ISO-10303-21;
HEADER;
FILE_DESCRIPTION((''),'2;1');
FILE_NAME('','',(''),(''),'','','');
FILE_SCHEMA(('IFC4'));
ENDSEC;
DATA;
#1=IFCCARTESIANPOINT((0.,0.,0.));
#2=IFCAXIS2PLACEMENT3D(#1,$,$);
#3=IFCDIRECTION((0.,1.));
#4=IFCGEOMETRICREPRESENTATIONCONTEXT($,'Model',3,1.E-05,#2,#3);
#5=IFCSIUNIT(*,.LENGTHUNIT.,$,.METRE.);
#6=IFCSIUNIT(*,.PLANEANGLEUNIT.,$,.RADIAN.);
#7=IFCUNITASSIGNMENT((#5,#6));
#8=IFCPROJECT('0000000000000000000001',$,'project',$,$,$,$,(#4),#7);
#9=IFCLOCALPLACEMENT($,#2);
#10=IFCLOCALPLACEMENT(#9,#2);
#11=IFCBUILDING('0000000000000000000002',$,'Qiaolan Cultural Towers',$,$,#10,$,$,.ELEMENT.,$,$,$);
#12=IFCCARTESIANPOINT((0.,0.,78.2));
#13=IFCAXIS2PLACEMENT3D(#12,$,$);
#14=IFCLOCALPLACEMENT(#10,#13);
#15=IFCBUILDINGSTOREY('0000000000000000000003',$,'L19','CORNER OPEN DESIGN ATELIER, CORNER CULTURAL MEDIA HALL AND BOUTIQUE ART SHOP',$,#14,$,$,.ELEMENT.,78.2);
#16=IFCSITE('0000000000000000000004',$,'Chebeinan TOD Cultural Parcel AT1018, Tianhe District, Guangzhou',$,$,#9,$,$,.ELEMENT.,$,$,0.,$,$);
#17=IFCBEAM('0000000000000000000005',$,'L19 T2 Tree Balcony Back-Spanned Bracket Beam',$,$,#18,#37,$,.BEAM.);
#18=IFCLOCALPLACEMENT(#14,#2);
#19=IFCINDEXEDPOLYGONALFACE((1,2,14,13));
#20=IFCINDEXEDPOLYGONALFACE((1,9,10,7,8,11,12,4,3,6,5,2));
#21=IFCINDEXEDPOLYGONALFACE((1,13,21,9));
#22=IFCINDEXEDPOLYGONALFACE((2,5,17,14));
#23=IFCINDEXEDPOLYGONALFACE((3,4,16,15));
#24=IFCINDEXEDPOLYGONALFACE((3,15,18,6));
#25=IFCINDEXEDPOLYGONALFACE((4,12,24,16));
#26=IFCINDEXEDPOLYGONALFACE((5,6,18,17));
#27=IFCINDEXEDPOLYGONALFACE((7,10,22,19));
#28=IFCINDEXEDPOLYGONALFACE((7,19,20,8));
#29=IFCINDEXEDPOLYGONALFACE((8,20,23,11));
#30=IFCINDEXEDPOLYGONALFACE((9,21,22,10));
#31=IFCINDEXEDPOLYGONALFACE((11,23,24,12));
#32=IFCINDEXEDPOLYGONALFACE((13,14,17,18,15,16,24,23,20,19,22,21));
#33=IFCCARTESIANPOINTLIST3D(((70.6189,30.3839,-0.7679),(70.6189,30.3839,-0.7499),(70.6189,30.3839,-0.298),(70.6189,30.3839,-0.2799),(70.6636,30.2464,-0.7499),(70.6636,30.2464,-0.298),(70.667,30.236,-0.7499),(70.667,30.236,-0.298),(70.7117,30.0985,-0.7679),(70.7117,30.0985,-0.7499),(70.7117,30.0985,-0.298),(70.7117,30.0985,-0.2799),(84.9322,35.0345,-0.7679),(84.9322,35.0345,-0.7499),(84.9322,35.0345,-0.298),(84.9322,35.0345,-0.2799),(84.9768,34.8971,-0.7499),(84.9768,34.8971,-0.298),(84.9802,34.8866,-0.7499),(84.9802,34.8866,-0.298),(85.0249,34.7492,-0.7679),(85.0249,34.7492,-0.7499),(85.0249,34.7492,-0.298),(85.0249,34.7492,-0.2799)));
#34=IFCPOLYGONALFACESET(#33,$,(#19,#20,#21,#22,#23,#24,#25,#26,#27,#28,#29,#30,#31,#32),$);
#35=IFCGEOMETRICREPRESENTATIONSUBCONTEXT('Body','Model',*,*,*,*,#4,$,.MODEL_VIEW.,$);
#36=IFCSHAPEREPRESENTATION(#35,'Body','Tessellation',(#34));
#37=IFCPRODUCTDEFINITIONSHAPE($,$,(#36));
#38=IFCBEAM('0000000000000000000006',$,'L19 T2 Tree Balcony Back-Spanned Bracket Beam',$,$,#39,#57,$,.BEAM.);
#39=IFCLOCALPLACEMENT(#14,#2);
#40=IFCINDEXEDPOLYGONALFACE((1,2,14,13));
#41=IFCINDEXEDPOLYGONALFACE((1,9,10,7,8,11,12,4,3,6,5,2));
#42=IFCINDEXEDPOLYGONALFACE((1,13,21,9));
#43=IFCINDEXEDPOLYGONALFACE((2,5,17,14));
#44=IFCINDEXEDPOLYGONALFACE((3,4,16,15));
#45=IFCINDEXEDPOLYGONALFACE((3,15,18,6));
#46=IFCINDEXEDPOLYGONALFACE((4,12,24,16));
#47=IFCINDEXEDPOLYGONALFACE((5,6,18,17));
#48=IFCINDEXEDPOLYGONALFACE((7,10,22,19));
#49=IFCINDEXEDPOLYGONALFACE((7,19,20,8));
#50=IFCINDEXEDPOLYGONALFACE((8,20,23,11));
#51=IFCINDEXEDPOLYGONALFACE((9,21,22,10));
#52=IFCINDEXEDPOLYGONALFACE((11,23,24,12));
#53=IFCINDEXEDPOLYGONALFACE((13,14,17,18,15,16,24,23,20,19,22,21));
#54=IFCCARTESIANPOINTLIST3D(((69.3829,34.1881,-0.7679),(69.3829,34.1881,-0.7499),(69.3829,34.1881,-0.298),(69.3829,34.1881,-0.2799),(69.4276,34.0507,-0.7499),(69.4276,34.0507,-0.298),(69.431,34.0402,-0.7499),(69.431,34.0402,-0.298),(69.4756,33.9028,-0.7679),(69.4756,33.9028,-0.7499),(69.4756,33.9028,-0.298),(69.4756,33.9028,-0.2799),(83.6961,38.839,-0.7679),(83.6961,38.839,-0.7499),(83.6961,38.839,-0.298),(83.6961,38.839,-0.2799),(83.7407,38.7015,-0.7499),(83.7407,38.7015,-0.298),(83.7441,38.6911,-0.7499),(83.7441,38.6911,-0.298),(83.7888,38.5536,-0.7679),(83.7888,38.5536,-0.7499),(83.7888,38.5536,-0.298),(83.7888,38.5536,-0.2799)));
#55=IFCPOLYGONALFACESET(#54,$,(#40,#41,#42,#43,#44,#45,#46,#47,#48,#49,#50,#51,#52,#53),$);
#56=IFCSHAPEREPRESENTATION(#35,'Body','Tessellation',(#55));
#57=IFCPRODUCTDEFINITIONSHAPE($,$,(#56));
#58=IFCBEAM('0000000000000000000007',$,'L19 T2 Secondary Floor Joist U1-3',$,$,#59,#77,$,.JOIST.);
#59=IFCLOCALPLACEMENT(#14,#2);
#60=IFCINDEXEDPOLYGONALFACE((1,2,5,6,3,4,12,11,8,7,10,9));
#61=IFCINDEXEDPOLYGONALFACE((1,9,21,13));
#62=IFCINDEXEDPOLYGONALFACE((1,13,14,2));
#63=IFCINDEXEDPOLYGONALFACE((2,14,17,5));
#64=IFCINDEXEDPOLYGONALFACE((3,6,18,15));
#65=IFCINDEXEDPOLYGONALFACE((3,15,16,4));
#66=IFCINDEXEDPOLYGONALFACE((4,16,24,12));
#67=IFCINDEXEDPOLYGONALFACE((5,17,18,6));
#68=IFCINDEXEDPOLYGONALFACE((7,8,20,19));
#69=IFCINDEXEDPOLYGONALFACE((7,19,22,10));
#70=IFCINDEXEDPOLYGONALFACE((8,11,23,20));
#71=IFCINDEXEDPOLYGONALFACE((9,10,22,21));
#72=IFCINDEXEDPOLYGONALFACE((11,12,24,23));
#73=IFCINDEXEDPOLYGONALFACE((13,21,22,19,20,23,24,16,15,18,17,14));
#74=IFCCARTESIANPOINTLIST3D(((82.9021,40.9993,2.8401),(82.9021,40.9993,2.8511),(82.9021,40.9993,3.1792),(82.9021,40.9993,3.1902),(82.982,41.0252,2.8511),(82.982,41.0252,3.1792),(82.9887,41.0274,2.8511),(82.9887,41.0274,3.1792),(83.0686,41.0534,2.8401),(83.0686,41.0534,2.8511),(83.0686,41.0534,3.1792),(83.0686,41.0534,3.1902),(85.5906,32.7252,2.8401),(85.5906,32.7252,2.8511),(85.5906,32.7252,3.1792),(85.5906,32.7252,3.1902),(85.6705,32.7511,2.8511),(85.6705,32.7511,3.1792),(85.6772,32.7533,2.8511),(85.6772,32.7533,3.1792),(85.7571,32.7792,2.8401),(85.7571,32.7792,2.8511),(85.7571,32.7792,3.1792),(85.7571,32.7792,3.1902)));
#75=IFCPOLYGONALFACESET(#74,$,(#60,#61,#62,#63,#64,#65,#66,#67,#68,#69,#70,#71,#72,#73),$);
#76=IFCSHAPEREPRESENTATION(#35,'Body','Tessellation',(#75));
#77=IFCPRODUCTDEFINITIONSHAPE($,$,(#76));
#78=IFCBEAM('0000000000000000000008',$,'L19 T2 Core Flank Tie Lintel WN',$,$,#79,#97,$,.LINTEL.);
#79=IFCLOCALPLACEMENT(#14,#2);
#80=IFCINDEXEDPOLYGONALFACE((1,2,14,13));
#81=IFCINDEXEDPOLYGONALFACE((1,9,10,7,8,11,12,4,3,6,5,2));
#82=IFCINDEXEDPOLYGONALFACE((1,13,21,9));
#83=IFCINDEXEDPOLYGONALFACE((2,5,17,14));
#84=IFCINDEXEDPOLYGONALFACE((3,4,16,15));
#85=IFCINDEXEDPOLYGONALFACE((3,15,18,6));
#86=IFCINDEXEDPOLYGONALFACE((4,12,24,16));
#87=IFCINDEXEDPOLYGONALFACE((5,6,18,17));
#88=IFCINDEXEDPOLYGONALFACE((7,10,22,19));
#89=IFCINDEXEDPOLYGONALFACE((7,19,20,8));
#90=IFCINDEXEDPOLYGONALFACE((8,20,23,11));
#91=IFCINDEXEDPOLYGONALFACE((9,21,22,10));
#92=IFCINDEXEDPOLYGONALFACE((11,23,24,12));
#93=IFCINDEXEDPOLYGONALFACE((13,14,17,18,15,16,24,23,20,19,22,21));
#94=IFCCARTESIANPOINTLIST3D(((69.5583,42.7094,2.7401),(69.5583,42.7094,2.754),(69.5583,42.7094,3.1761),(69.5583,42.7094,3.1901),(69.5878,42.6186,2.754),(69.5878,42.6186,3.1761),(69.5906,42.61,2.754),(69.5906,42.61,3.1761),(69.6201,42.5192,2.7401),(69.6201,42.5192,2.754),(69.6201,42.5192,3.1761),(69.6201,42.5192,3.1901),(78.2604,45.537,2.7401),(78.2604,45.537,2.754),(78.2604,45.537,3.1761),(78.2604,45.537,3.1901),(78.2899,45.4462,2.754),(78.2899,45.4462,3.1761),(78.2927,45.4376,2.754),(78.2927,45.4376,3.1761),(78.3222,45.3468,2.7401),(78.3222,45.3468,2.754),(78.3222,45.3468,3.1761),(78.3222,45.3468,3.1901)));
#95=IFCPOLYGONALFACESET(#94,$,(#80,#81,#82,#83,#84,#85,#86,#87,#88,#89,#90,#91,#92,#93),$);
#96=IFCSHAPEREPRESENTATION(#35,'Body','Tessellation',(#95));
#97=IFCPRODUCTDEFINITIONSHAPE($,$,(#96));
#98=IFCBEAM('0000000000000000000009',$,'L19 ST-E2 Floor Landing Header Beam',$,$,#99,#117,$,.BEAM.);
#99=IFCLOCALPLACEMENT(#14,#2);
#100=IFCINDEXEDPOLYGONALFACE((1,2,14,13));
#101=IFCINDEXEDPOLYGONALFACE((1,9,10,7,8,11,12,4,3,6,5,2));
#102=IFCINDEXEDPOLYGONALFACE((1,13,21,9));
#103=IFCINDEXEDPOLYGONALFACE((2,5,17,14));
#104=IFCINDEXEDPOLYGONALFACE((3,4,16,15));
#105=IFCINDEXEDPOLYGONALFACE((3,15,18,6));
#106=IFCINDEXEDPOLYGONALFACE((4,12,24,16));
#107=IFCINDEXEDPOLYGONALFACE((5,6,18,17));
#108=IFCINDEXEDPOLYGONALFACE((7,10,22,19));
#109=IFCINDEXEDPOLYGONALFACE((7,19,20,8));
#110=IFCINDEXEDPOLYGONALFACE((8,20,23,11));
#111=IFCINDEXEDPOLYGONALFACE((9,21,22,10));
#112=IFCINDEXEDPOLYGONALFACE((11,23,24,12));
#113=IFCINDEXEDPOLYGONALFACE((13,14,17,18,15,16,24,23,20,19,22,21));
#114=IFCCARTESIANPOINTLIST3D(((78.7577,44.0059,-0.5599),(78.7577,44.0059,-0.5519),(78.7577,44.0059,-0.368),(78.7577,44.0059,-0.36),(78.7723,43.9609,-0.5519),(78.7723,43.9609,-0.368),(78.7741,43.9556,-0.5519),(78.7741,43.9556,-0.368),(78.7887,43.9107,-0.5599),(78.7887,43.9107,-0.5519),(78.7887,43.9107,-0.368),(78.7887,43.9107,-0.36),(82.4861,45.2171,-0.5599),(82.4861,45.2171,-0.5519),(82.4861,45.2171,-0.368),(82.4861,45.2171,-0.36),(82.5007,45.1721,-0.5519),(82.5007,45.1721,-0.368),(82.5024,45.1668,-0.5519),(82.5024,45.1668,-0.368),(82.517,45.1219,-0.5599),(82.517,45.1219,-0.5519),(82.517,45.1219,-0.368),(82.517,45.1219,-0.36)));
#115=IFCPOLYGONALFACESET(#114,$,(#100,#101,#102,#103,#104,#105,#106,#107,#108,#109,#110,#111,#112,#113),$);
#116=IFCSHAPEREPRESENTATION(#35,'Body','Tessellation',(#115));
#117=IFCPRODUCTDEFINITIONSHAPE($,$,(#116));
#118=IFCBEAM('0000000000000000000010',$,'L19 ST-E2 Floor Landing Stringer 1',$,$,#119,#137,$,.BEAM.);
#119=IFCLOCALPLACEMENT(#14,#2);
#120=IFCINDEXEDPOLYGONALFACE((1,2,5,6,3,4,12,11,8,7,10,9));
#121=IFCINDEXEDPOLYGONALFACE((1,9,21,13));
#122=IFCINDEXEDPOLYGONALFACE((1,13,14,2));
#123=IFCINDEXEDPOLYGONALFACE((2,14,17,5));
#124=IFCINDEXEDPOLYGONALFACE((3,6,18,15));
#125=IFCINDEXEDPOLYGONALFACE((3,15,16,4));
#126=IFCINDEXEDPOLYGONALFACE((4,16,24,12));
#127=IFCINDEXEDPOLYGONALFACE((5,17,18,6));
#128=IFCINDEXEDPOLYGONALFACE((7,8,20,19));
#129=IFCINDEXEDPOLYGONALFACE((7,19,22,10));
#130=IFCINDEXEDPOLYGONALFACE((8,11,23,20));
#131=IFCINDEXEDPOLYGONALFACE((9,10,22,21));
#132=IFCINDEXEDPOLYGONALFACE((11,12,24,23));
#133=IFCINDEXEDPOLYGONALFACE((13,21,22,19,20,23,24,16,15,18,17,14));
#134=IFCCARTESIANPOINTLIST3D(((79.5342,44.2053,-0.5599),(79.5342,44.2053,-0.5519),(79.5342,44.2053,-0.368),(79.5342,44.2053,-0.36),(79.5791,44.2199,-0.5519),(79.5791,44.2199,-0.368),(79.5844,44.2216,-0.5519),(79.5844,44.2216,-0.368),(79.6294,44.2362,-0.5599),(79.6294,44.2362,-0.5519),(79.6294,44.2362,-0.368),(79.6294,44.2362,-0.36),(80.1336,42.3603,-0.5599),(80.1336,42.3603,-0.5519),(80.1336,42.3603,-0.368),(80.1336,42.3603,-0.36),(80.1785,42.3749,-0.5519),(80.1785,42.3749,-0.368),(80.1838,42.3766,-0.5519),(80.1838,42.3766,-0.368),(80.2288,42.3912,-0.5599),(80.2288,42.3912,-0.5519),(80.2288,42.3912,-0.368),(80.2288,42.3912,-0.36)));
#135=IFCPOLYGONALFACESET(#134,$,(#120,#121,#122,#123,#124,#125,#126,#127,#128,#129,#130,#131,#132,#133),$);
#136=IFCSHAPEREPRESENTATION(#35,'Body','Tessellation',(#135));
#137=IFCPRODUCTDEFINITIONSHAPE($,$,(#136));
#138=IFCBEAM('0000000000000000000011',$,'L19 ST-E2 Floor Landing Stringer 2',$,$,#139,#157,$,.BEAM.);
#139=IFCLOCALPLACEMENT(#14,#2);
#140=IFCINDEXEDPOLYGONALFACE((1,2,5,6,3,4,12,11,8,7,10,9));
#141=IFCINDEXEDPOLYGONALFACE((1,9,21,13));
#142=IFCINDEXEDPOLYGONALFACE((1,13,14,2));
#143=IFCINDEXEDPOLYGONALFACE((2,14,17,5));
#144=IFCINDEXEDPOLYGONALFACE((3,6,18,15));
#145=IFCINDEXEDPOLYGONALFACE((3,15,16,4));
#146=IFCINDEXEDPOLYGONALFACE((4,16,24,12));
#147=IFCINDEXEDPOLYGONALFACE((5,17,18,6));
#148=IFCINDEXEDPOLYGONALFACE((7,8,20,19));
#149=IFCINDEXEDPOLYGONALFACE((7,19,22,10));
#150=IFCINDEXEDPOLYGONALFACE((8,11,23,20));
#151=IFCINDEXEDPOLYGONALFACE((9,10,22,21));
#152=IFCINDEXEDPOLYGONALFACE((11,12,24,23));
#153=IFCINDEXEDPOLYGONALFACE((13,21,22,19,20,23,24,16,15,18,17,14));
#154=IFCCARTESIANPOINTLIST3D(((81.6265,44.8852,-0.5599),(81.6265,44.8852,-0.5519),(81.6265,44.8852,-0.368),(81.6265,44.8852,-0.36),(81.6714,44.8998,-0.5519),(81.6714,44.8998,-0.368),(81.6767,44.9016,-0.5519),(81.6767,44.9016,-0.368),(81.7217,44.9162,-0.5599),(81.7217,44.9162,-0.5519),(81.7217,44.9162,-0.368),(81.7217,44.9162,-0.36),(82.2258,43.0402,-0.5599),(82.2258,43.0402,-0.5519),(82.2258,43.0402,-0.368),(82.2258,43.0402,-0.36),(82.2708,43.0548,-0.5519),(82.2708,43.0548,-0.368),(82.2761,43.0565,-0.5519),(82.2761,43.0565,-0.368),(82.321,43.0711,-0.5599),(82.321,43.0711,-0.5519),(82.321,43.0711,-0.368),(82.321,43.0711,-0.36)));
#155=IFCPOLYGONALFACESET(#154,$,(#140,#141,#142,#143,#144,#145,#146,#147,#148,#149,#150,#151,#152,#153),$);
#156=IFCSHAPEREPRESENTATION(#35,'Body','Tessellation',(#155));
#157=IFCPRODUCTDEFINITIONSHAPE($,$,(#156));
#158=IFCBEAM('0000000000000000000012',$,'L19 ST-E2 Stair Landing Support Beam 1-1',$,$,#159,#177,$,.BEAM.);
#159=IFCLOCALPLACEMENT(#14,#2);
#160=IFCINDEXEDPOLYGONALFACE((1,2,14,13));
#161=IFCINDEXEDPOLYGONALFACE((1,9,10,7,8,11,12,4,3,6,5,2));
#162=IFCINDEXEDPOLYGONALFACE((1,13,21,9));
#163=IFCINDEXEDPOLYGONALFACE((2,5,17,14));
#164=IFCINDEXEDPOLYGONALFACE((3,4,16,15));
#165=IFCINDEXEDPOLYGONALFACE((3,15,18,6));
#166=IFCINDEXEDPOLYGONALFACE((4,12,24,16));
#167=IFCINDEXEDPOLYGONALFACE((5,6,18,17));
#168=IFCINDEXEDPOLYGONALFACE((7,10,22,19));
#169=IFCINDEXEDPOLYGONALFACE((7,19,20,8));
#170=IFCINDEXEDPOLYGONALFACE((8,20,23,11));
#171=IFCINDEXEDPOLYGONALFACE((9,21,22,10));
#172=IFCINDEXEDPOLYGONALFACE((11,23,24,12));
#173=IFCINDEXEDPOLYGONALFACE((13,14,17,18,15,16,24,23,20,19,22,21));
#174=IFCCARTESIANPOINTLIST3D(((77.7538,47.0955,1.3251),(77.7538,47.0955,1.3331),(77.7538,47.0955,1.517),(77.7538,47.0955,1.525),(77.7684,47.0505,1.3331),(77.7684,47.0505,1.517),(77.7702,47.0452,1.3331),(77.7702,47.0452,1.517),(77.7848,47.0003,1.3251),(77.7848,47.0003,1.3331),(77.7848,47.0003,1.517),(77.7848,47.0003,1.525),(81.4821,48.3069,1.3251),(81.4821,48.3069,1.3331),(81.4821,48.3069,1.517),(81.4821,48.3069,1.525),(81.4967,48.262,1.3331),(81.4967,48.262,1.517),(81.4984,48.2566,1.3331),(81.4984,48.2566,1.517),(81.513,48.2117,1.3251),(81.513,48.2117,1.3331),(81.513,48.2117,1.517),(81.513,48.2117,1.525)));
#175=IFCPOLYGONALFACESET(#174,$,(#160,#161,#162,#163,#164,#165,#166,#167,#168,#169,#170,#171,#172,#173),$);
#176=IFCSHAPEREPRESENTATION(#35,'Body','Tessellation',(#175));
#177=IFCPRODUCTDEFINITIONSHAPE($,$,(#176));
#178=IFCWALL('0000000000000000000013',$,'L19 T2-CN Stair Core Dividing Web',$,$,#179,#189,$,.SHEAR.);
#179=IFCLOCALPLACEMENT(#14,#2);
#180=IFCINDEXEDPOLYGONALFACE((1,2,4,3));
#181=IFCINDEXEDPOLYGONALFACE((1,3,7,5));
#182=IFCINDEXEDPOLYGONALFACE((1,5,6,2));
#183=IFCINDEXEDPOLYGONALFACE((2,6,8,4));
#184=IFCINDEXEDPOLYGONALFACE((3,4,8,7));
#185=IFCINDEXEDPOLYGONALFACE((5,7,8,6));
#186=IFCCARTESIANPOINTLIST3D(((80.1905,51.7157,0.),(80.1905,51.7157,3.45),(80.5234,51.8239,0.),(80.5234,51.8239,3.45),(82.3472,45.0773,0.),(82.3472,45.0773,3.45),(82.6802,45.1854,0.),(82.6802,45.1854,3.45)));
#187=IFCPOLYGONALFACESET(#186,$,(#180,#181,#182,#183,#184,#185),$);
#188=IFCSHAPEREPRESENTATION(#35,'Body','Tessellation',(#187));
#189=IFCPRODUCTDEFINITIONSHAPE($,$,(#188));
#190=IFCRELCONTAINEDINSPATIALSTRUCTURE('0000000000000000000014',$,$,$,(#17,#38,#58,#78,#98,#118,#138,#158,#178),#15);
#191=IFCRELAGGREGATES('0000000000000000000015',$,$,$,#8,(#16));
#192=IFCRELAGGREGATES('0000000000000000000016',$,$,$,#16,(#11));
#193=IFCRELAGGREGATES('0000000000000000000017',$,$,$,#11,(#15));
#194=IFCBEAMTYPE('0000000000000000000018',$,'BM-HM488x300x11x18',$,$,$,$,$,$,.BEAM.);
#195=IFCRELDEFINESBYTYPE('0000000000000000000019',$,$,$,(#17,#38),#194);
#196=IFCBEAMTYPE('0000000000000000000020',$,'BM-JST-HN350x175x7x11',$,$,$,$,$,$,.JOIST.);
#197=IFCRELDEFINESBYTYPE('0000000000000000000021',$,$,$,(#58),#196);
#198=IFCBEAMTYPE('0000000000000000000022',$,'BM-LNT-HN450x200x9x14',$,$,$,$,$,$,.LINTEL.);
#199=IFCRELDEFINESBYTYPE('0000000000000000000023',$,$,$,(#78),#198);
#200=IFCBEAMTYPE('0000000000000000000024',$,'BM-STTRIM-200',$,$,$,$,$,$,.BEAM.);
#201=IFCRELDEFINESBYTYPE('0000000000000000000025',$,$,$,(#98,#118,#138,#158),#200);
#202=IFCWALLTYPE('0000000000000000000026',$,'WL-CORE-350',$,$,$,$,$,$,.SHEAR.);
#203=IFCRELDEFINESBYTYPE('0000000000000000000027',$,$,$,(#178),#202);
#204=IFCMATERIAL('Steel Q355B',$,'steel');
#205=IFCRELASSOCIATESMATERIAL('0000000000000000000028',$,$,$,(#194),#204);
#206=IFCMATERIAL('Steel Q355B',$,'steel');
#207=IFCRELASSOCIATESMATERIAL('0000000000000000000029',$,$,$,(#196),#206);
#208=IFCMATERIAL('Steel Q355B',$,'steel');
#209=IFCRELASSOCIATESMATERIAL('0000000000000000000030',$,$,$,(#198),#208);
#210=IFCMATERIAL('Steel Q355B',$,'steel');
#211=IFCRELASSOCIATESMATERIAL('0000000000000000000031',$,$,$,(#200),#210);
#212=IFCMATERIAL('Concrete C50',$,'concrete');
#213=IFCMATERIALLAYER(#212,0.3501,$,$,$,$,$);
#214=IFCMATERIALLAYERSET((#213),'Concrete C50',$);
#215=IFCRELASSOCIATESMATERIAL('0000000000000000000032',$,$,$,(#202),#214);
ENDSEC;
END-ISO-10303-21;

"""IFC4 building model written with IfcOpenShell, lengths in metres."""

from ifc_helpers import new_model, si_unit, direction, frame, frame_2d, origin, origin_2d, place, context, subcontext, project, spatial, rectangle, i_section, extrude, material, layer, layer_set, material_profile, profile_set, type_object, element, save


model = new_model("IFC4")

# Units and contexts
model_context = context("Model", 3, precision=1e-05, world=origin(), true_north=direction((0.0, 1.0)))
body_context = subcontext(model_context, "Body", "Model", "MODEL_VIEW")
ifc_project = project(units=[si_unit("LENGTHUNIT", "METRE"), si_unit("PLANEANGLEUNIT", "RADIAN")], contexts=[model_context])

# Site, building, storey
site_placement = place(None, origin())
site = spatial("IfcSite", under=ifc_project, at=site_placement, Name="Chebeinan TOD Cultural Parcel AT1018, Tianhe District, Guangzhou", CompositionType="ELEMENT", RefElevation=0.0)
building_placement = place(site_placement, origin())
building = spatial("IfcBuilding", under=site, at=building_placement, Name="Qiaolan Cultural Towers", CompositionType="ELEMENT")
storey_placement = place(building_placement, frame((0.0, 0.0, 78.2)))
storey = spatial("IfcBuildingStorey", under=building, at=storey_placement, Name="L19", Description="CORNER OPEN DESIGN ATELIER, CORNER CULTURAL MEDIA HALL AND BOUTIQUE ART SHOP", CompositionType="ELEMENT", Elevation=78.2)

# Beams
ifc_material_1 = material(Name="Steel Q355B", Category="steel")
ifc_material_profile_1 = material_profile(ifc_material_1, i_section(OverallWidth=0.3, OverallDepth=0.488, WebThickness=0.011, FlangeThickness=0.0181, at=origin_2d()), Name="HM488x300x11x18")
ifc_profile_set_1 = profile_set([ifc_material_profile_1], Name="Steel Q355B")
beam_type_1 = type_object("IfcBeamType", Name="BM-HM488x300x11x18", PredefinedType="BEAM", material=ifc_profile_set_1)
for number, where, z_axis, x_axis, name in (
    (1, (84.9785, 34.8918, -0.5239), (-0.951057, -0.309016, 0.0), (0.309016, -0.951057, 0.0), "L19 T2 Tree Balcony Back-Spanned Bracket Beam"),
    (2, (83.7424, 38.6963, -0.5239), (-0.951052, -0.309031, 0.0), (0.309031, -0.951052, 0.0), "L19 T2 Tree Balcony Back-Spanned Bracket Beam"),
):
    element("IfcBeam", number, at=place(storey_placement, frame(where, z_axis=z_axis, x_axis=x_axis)), inside=storey, type_object=beam_type_1, Name=name, PredefinedType="BEAM", context=body_context, shape_type="SweptSolid", body=[
        extrude(i_section(OverallWidth=0.3, OverallDepth=0.488, WebThickness=0.011, FlangeThickness=0.0181, at=origin_2d()), origin(), (0.0, 0.0, 1.0), 15.0498),
    ])
ifc_material_2 = material(Name="Steel Q355B", Category="steel")
ifc_material_profile_2 = material_profile(ifc_material_2, i_section(OverallWidth=0.175, OverallDepth=0.3501, WebThickness=0.0071, FlangeThickness=0.011, at=origin_2d()), Name="HN350x175x7x11")
ifc_profile_set_2 = profile_set([ifc_material_profile_2], Name="Steel Q355B")
beam_type_2 = type_object("IfcBeamType", Name="BM-JST-HN350x175x7x11", PredefinedType="JOIST", material=ifc_profile_set_2)
beam_1_placement = place(storey_placement, frame((85.6738, 32.7522, 3.0151), z_axis=(-0.309021, 0.951055, 0.0), x_axis=(-0.951055, -0.309021, 0.0)))
element("IfcBeam", 3, at=beam_1_placement, inside=storey, type_object=beam_type_2, Name="L19 T2 Secondary Floor Joist U1-3", PredefinedType="JOIST", context=body_context, shape_type="SweptSolid", body=[
    extrude(i_section(OverallWidth=0.175, OverallDepth=0.3501, WebThickness=0.0071, FlangeThickness=0.011, at=origin_2d()), origin(), (0.0, 0.0, 1.0), 8.7),
])
ifc_material_3 = material(Name="Steel Q355B", Category="steel")
ifc_material_profile_3 = material_profile(ifc_material_3, i_section(OverallWidth=0.2, OverallDepth=0.45, WebThickness=0.009, FlangeThickness=0.0139, at=origin_2d()), Name="HN450x200x9x14")
ifc_profile_set_3 = profile_set([ifc_material_profile_3], Name="Steel Q355B")
beam_type_3 = type_object("IfcBeamType", Name="BM-LNT-HN450x200x9x14", PredefinedType="LINTEL", material=ifc_profile_set_3)
beam_2_placement = place(storey_placement, frame((78.2913, 45.4419, 2.9651), z_axis=(-0.951052, -0.309031, 0.0), x_axis=(0.309031, -0.951052, 0.0)))
element("IfcBeam", 4, at=beam_2_placement, inside=storey, type_object=beam_type_3, Name="L19 T2 Core Flank Tie Lintel WN", PredefinedType="LINTEL", context=body_context, shape_type="SweptSolid", body=[
    extrude(i_section(OverallWidth=0.2, OverallDepth=0.45, WebThickness=0.009, FlangeThickness=0.0139, at=origin_2d()), origin(), (0.0, 0.0, 1.0), 9.1499),
])
ifc_material_4 = material(Name="Steel Q355B", Category="steel")
ifc_material_profile_4 = material_profile(ifc_material_4, i_section(OverallWidth=0.1001, OverallDepth=0.2, WebThickness=0.0056, FlangeThickness=0.0081, at=origin_2d()), Name="HN200x100x5.5x8")
ifc_profile_set_4 = profile_set([ifc_material_profile_4], Name="Steel Q355B")
beam_type_4 = type_object("IfcBeamType", Name="BM-STTRIM-200", PredefinedType="BEAM", material=ifc_profile_set_4)
beam_3_placement = place(storey_placement, frame((78.7732, 43.9583, -0.46), z_axis=(0.951072, 0.308969, 0.0), x_axis=(-0.308969, 0.951072, 0.0)))
element("IfcBeam", 5, at=beam_3_placement, inside=storey, type_object=beam_type_4, Name="L19 ST-E2 Floor Landing Header Beam", PredefinedType="BEAM", context=body_context, shape_type="SweptSolid", body=[
    extrude(i_section(OverallWidth=0.1001, OverallDepth=0.2, WebThickness=0.0056, FlangeThickness=0.0081, at=origin_2d()), origin(), (0.0, 0.0, 1.0), 3.9202),
])
for number, where, z_axis, x_axis, name in (
    (6, (80.1812, 42.3757, -0.46), (-0.308969, 0.951072, 0.0), (-0.951072, -0.308969, 0.0), "L19 ST-E2 Floor Landing Stringer 1"),
    (7, (82.2734, 43.0557, -0.46), (-0.308969, 0.951072, 0.0), (-0.951072, -0.308969, 0.0), "L19 ST-E2 Floor Landing Stringer 2"),
):
    element("IfcBeam", number, at=place(storey_placement, frame(where, z_axis=z_axis, x_axis=x_axis)), inside=storey, type_object=beam_type_4, Name=name, PredefinedType="BEAM", context=body_context, shape_type="SweptSolid", body=[
        extrude(i_section(OverallWidth=0.1001, OverallDepth=0.2, WebThickness=0.0056, FlangeThickness=0.0081, at=origin_2d()), origin(), (0.0, 0.0, 1.0), 1.9399),
    ])
beam_4_placement = place(storey_placement, frame((77.7693, 47.0479, 1.425), z_axis=(0.951054, 0.309026, 0.0), x_axis=(-0.309026, 0.951054, 0.0)))
element("IfcBeam", 8, at=beam_4_placement, inside=storey, type_object=beam_type_4, Name="L19 ST-E2 Stair Landing Support Beam 1-1", PredefinedType="BEAM", context=body_context, shape_type="SweptSolid", body=[
    extrude(i_section(OverallWidth=0.1001, OverallDepth=0.2, WebThickness=0.0056, FlangeThickness=0.0081, at=origin_2d()), origin(), (0.0, 0.0, 1.0), 3.9202),
])

# Wall
ifc_material_5 = material(Name="Concrete C50", Category="concrete")
ifc_layer_1 = layer(ifc_material_5, 0.3501)
ifc_layer_set_1 = layer_set([ifc_layer_1], Name="Concrete C50")
wall_type_1 = type_object("IfcWallType", Name="WL-CORE-350", PredefinedType="SHEAR", material=ifc_layer_set_1)
wall_1_placement = place(storey_placement, frame((82.5137, 45.1313, 0.0), z_axis=(0.0, 0.0, 1.0), x_axis=(-0.308989, 0.951066, 0.0)))
element("IfcWall", 9, at=wall_1_placement, inside=storey, type_object=wall_type_1, Name="L19 T2-CN Stair Core Dividing Web", PredefinedType="SHEAR", context=body_context, shape_type="SweptSolid", body=[
    extrude(rectangle(XDim=6.98, YDim=0.3501, at=frame_2d((3.49, 0.0))), origin(), (0.0, 0.0, 1.0), 3.45),
])

save(model, "model.ifc")
